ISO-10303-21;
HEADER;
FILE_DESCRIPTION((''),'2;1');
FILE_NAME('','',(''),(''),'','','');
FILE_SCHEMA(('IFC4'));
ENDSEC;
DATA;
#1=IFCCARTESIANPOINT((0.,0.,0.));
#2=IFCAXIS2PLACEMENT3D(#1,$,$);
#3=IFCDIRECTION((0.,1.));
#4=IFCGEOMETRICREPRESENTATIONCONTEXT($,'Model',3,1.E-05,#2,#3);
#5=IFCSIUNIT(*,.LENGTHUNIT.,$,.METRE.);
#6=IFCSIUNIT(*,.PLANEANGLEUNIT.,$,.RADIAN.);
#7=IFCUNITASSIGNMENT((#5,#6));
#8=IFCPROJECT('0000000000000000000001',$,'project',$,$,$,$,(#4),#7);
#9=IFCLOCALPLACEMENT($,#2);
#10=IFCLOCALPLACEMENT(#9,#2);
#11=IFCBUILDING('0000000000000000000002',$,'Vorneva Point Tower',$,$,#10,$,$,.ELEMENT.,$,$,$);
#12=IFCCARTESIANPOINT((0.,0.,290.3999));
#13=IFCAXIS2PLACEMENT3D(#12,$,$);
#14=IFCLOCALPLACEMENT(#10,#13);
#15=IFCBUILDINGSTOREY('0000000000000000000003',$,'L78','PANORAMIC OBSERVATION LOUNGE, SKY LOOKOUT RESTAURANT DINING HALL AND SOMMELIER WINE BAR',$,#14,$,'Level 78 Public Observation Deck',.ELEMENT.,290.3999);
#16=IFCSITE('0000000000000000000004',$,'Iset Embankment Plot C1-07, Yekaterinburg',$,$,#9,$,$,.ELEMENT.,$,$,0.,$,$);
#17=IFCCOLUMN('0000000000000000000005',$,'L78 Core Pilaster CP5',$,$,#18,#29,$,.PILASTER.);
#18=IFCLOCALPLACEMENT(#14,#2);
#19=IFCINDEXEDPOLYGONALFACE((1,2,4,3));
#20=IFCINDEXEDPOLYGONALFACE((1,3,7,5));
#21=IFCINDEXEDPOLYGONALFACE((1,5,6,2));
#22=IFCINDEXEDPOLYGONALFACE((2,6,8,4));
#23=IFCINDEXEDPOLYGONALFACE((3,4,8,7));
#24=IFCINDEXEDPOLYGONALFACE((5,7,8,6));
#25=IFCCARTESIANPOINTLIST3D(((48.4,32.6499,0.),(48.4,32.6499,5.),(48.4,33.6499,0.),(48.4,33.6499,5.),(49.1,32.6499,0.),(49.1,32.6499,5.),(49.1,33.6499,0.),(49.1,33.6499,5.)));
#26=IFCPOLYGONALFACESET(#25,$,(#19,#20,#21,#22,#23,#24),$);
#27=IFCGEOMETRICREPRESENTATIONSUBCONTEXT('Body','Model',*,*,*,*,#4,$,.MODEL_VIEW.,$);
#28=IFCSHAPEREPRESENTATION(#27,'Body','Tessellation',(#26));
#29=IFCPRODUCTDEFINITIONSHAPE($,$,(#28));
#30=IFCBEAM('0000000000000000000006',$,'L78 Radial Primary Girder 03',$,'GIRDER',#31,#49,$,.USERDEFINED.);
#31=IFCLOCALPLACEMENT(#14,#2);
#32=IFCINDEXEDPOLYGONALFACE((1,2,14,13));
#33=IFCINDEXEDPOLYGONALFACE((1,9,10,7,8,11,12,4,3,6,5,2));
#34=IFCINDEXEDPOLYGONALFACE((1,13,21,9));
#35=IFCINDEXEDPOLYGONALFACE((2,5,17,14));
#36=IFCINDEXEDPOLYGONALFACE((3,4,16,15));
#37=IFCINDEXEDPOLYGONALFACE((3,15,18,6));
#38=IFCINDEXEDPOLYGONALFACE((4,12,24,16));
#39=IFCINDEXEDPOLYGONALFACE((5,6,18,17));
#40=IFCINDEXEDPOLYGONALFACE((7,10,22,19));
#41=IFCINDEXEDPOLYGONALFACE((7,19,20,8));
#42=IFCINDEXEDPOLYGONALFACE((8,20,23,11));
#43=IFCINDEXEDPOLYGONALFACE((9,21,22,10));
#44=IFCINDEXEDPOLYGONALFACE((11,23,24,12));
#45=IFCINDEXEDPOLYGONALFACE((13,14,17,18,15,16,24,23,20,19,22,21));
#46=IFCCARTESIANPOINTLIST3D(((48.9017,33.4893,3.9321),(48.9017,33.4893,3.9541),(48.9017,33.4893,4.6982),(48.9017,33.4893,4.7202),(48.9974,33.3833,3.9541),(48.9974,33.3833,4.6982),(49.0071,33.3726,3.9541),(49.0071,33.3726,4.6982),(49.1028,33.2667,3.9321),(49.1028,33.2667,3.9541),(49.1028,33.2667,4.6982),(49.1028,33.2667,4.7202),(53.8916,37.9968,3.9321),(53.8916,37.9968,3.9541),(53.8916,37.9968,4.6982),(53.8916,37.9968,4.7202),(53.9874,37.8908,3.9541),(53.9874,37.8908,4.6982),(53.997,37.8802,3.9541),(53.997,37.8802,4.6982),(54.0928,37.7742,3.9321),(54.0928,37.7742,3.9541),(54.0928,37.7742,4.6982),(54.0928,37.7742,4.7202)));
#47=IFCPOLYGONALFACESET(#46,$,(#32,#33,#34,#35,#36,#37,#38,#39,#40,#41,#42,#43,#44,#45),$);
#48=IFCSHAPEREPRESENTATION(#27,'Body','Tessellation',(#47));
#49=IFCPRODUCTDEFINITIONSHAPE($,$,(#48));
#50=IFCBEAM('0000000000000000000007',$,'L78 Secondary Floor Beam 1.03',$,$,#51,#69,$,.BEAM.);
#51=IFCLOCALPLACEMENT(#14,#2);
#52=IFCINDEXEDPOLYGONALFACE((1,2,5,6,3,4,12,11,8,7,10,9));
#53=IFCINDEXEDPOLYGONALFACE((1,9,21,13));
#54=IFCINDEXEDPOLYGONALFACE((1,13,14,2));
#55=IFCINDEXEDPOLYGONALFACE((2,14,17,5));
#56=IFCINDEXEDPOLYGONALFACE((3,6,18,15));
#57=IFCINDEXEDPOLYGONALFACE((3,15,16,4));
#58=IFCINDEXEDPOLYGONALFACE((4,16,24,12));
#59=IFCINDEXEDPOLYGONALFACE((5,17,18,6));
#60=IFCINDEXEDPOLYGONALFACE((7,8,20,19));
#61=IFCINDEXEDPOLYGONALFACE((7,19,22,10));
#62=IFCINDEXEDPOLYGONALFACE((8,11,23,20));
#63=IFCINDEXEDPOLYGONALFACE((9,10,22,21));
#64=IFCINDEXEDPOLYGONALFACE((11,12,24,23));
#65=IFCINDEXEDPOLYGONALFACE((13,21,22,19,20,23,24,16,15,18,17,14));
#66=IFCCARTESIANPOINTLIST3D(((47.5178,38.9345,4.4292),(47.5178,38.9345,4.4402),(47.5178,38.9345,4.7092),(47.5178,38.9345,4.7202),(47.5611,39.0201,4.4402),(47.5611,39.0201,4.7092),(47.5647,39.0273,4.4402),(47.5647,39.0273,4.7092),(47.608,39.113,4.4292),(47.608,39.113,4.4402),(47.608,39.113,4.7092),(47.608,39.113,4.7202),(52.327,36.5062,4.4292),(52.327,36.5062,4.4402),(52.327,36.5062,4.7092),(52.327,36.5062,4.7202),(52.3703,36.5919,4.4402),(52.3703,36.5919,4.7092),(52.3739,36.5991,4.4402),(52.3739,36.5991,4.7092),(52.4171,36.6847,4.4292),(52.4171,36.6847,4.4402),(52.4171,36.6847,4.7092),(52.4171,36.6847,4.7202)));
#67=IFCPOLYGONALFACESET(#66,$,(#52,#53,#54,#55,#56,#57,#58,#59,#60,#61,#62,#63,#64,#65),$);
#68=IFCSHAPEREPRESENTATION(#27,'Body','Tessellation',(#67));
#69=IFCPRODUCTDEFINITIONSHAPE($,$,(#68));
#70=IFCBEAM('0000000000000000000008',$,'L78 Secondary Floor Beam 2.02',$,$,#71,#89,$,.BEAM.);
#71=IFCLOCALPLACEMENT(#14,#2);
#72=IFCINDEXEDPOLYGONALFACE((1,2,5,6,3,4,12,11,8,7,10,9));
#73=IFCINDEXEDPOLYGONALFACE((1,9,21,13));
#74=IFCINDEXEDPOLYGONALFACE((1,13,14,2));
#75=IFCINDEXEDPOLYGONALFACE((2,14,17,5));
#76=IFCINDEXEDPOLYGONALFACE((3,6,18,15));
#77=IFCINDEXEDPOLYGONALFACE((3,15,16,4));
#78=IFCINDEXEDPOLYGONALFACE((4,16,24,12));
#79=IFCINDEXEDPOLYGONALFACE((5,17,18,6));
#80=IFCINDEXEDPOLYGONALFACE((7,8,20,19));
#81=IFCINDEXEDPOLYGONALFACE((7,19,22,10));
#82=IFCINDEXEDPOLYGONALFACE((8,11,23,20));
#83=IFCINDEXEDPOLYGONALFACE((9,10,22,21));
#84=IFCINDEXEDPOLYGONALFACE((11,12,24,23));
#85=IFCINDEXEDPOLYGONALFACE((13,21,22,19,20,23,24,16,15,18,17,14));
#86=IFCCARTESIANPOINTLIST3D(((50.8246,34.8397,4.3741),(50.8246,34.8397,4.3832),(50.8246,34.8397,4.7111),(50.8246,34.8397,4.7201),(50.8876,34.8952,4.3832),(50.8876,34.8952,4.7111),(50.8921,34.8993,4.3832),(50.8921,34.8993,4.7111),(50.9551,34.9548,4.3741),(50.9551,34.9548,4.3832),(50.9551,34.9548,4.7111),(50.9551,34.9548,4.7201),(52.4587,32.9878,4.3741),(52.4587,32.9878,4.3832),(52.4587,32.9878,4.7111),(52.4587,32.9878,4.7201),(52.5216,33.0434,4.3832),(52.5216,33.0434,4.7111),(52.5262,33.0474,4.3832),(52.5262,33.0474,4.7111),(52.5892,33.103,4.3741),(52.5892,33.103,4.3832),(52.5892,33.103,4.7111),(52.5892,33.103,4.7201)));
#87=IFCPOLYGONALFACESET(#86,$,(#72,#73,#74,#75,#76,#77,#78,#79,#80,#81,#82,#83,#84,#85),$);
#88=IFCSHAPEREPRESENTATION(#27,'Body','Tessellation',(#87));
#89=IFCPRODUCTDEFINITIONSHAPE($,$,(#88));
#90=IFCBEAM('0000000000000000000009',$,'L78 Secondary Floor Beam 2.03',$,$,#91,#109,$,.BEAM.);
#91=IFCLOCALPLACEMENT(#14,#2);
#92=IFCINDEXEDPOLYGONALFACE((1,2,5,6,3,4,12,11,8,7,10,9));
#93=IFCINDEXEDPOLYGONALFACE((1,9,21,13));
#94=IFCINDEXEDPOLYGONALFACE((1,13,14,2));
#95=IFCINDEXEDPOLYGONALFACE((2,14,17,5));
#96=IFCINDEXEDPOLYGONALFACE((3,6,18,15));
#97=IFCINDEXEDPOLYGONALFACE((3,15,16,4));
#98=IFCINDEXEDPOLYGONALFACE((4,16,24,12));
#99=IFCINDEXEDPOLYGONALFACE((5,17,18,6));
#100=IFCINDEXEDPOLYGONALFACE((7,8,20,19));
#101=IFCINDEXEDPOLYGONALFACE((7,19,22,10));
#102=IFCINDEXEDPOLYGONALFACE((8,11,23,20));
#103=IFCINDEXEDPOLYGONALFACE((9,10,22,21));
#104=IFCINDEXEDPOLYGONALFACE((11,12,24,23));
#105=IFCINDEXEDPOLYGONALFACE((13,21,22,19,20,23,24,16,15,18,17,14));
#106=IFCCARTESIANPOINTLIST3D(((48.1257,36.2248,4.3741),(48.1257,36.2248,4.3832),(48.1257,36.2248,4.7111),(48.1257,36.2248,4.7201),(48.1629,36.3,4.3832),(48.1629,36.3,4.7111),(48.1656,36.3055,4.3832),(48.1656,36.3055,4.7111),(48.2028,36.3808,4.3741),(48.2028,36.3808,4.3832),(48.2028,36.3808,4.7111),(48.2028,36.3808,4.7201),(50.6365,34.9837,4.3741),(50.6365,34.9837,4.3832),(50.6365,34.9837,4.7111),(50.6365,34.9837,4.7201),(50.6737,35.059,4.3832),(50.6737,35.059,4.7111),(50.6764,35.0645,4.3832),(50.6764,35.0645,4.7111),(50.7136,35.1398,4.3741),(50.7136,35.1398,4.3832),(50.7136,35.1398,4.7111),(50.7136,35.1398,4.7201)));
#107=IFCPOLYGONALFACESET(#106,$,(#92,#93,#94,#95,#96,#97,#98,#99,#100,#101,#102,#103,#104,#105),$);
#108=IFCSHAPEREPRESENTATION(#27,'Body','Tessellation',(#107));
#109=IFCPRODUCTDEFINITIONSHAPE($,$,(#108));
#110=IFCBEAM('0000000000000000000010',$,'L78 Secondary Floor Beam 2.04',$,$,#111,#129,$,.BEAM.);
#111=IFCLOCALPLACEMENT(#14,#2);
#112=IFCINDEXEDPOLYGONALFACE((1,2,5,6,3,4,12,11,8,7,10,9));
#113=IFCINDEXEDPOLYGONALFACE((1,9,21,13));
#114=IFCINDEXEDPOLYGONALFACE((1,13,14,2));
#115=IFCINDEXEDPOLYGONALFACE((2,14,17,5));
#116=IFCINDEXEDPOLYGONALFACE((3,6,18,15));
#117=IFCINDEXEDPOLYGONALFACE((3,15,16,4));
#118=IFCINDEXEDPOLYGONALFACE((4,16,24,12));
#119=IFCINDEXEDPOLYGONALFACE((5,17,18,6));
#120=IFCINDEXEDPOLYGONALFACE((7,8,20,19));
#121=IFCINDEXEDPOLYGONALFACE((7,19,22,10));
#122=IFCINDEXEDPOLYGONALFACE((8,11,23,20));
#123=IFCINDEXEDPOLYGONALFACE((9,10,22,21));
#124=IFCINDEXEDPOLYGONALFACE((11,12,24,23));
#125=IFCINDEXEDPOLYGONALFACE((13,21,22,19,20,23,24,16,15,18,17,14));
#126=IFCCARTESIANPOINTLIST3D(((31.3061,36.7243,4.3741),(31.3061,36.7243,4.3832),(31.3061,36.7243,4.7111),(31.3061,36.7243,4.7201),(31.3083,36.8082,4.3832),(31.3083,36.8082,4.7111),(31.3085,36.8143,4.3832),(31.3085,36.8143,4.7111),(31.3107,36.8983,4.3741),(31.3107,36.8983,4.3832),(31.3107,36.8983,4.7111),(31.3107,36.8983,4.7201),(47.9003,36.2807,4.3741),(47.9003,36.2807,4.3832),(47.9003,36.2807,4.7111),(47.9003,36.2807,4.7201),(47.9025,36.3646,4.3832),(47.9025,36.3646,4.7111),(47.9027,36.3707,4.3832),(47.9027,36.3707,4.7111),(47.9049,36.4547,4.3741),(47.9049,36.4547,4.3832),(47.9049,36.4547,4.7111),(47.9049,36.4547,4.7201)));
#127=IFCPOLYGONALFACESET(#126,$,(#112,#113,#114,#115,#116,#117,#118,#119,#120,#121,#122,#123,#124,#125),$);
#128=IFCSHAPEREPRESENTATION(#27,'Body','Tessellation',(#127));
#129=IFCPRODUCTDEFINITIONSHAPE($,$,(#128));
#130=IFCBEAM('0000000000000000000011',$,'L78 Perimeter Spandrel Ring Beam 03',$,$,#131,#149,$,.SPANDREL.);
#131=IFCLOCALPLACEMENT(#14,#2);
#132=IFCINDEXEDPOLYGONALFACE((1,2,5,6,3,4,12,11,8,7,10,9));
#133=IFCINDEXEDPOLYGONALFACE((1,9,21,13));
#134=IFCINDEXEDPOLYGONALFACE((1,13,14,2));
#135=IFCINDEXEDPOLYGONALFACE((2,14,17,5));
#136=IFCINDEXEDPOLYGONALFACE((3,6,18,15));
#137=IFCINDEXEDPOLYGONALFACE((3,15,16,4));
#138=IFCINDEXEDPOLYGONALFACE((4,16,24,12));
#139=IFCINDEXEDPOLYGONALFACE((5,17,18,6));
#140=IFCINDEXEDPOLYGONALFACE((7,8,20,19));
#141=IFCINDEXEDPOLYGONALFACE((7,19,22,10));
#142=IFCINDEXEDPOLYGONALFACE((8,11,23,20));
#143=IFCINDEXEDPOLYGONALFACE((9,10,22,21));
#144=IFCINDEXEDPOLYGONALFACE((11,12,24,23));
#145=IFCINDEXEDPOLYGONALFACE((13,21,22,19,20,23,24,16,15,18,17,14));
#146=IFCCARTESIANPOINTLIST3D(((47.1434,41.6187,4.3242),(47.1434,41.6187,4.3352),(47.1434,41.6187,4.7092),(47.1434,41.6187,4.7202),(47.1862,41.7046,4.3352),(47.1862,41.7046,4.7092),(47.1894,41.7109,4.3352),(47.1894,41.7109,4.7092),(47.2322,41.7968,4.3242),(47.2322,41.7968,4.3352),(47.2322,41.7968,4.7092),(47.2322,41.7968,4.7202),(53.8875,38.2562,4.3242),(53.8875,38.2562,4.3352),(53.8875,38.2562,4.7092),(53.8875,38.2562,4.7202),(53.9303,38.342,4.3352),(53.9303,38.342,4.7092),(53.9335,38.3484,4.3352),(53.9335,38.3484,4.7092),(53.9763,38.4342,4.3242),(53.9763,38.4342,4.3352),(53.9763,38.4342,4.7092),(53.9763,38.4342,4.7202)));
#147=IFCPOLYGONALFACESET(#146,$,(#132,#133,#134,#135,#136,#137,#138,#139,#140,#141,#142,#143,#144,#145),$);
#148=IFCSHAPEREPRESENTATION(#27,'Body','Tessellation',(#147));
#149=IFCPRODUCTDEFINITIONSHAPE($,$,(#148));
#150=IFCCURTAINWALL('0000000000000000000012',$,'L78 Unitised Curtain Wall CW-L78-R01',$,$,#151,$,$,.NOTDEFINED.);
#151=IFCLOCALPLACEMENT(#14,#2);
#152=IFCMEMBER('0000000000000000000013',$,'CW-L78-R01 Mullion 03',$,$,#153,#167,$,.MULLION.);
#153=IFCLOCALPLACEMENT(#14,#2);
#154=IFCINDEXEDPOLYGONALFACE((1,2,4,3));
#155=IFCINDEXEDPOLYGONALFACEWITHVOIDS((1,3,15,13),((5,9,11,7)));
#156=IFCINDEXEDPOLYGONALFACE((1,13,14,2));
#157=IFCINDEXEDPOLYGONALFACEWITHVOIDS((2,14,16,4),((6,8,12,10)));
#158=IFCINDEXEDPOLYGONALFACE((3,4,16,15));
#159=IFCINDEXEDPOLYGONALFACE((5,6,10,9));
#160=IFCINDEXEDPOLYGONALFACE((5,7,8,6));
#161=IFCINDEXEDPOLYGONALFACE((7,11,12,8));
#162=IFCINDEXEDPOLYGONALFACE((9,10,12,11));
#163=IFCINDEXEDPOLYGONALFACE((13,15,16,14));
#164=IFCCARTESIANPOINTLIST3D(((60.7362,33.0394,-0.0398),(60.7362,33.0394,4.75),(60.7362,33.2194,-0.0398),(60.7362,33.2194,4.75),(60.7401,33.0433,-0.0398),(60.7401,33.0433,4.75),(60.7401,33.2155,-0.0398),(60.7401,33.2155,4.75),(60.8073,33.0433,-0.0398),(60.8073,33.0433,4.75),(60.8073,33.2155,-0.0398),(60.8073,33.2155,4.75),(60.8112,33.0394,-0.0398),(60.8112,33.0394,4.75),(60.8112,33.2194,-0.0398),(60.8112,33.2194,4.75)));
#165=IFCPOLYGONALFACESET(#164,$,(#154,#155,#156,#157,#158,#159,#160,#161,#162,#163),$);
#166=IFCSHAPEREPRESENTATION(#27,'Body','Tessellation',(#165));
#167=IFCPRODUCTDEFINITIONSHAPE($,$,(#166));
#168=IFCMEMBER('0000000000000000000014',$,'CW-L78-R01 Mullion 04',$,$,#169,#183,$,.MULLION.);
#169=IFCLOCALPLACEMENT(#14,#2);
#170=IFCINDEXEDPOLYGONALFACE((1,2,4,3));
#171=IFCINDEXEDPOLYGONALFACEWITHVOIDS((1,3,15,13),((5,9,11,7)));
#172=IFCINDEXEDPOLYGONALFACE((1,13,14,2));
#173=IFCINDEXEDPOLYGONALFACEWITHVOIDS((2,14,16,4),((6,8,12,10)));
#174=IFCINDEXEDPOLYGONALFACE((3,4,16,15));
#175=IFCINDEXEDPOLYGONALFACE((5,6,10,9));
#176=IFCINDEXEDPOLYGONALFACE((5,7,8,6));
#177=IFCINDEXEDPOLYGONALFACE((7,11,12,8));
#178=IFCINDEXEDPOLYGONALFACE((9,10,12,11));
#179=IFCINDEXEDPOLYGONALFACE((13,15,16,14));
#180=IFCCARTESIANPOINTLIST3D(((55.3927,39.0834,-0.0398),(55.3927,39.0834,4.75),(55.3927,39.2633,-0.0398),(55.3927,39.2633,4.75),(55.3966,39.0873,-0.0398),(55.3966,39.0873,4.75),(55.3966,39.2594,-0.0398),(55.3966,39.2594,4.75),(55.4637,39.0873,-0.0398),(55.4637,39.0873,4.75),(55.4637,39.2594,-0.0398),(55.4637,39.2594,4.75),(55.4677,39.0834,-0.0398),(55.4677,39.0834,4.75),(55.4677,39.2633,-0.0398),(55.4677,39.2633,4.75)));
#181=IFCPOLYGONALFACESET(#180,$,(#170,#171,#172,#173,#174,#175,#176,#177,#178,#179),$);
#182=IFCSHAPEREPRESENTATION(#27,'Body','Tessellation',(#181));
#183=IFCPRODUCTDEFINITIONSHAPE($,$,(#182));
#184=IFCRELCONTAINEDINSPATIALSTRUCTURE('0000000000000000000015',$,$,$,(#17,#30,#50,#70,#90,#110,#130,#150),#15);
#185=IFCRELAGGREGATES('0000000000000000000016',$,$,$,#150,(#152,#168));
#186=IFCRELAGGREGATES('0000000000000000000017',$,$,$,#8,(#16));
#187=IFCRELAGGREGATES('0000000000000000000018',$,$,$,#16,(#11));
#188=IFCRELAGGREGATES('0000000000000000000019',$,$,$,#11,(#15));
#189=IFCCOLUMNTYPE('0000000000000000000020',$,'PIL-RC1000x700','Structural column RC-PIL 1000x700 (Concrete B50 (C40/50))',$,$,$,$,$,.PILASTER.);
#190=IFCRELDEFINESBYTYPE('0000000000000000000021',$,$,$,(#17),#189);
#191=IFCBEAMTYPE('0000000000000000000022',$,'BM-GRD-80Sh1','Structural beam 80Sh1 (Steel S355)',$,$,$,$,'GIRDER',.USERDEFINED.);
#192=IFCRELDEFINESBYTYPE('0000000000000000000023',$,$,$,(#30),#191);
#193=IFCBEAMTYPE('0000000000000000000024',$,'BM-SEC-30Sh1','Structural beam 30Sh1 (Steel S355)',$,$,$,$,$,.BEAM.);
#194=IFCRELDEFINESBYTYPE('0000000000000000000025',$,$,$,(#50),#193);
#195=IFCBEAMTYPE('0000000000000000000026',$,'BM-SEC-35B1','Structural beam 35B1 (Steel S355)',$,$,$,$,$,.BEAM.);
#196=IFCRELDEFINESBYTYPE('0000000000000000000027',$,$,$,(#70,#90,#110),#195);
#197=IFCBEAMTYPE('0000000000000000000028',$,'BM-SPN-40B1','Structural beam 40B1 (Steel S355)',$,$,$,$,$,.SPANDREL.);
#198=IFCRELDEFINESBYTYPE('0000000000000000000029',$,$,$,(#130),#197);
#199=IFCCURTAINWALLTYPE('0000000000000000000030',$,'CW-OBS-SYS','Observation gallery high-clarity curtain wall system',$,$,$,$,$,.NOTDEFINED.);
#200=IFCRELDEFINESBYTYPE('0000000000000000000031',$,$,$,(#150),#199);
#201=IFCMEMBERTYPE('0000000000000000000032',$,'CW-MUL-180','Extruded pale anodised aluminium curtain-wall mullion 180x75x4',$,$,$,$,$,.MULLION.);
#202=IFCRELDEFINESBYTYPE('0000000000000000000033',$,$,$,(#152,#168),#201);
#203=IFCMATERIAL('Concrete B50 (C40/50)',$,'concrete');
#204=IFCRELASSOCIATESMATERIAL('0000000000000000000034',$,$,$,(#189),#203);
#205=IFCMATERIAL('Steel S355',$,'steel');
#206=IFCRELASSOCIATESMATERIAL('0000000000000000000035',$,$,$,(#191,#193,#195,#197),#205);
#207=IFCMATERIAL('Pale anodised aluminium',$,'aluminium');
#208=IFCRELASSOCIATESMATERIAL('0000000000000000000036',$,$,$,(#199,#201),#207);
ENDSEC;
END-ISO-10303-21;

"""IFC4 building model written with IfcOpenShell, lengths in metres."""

from ifc_helpers import new_model, si_unit, direction, frame, origin, origin_2d, place, context, subcontext, project, spatial, rectangle, hollow_rectangle, i_section, extrude, material, material_profile, profile_set, type_object, element, aggregate, save


model = new_model("IFC4")

# Units and contexts
model_context = context("Model", 3, precision=1e-05, world=origin(), true_north=direction((0.0, 1.0)))
body_context = subcontext(model_context, "Body", "Model", "MODEL_VIEW")
ifc_project = project(units=[si_unit("LENGTHUNIT", "METRE"), si_unit("PLANEANGLEUNIT", "RADIAN")], contexts=[model_context])

# Site, building, storey
site_placement = place(None, origin())
site = spatial("IfcSite", under=ifc_project, at=site_placement, Name="Iset Embankment Plot C1-07, Yekaterinburg", CompositionType="ELEMENT", RefElevation=0.0)
building_placement = place(site_placement, origin())
building = spatial("IfcBuilding", under=site, at=building_placement, Name="Vorneva Point Tower", CompositionType="ELEMENT")
storey_placement = place(building_placement, frame((0.0, 0.0, 290.3999)))
storey = spatial("IfcBuildingStorey", under=building, at=storey_placement, Name="L78", Description="PANORAMIC OBSERVATION LOUNGE, SKY LOOKOUT RESTAURANT DINING HALL AND SOMMELIER WINE BAR", LongName="Level 78 Public Observation Deck", CompositionType="ELEMENT", Elevation=290.3999)

# Column
ifc_material_1 = material(Name="Concrete B50 (C40/50)", Category="concrete")
ifc_material_profile_1 = material_profile(ifc_material_1, rectangle(XDim=0.7, YDim=1.0, at=origin_2d()), Name="RC-PIL 1000x700")
ifc_profile_set_1 = profile_set([ifc_material_profile_1], Name="Concrete B50 (C40/50)")
column_type_1 = type_object("IfcColumnType", Name="PIL-RC1000x700", Description="Structural column RC-PIL 1000x700 (Concrete B50 (C40/50))", PredefinedType="PILASTER", material=ifc_profile_set_1)
column_1_placement = place(storey_placement, frame((48.75, 33.1499, 0.0), z_axis=(0.0, 0.0, 1.0), x_axis=(1.0, 0.0, 0.0)))
element("IfcColumn", 1, at=column_1_placement, inside=storey, type_object=column_type_1, Name="L78 Core Pilaster CP5", PredefinedType="PILASTER", context=body_context, shape_type="SweptSolid", body=[
    extrude(rectangle(XDim=0.7, YDim=1.0, at=origin_2d()), origin(), (0.0, 0.0, 1.0), 5.0),
])

# Beams
ifc_material_2 = material(Name="Steel S355", Category="steel")
ifc_material_profile_2 = material_profile(ifc_material_2, i_section(OverallWidth=0.3, OverallDepth=0.7881, WebThickness=0.0144, FlangeThickness=0.022, at=origin_2d()), Name="80Sh1")
ifc_profile_set_2 = profile_set([ifc_material_profile_2], Name="Steel S355")
beam_type_1 = type_object("IfcBeamType", Name="BM-GRD-80Sh1", Description="Structural beam 80Sh1 (Steel S355)", ElementType="GIRDER", PredefinedType="USERDEFINED", material=ifc_profile_set_2)
beam_1_placement = place(storey_placement, frame((53.9922, 37.8855, 4.3262), z_axis=(-0.742067, -0.670326, 0.0), x_axis=(0.670326, -0.742067, 0.0)))
element("IfcBeam", 2, at=beam_1_placement, inside=storey, type_object=beam_type_1, Name="L78 Radial Primary Girder 03", ObjectType="GIRDER", PredefinedType="USERDEFINED", context=body_context, shape_type="SweptSolid", body=[
    extrude(i_section(OverallWidth=0.3, OverallDepth=0.7881, WebThickness=0.0144, FlangeThickness=0.022, at=origin_2d()), origin(), (0.0, 0.0, 1.0), 6.7244),
])
ifc_material_profile_3 = material_profile(ifc_material_2, i_section(OverallWidth=0.2, OverallDepth=0.291, WebThickness=0.0081, FlangeThickness=0.011, at=origin_2d()), Name="30Sh1")
ifc_profile_set_3 = profile_set([ifc_material_profile_3], Name="Steel S355")
beam_type_2 = type_object("IfcBeamType", Name="BM-SEC-30Sh1", Description="Structural beam 30Sh1 (Steel S355)", PredefinedType="BEAM", material=ifc_profile_set_3)
beam_2_placement = place(storey_placement, frame((52.3721, 36.5955, 4.5747), z_axis=(-0.892662, 0.450727, 0.0), x_axis=(-0.450727, -0.892662, 0.0)))
element("IfcBeam", 3, at=beam_2_placement, inside=storey, type_object=beam_type_2, Name="L78 Secondary Floor Beam 1.03", PredefinedType="BEAM", context=body_context, shape_type="SweptSolid", body=[
    extrude(i_section(OverallWidth=0.2, OverallDepth=0.291, WebThickness=0.0081, FlangeThickness=0.011, at=origin_2d()), origin(), (0.0, 0.0, 1.0), 5.3875),
])
ifc_material_profile_4 = material_profile(ifc_material_2, i_section(OverallWidth=0.1741, OverallDepth=0.3459, WebThickness=0.0061, FlangeThickness=0.009, at=origin_2d()), Name="35B1")
ifc_profile_set_4 = profile_set([ifc_material_profile_4], Name="Steel S355")
beam_type_3 = type_object("IfcBeamType", Name="BM-SEC-35B1", Description="Structural beam 35B1 (Steel S355)", PredefinedType="BEAM", material=ifc_profile_set_4)
beam_3_placement = place(storey_placement, frame((52.5239, 33.0454, 4.5471), z_axis=(-0.661641, 0.749821, 0.0), x_axis=(-0.749821, -0.661641, 0.0)))
element("IfcBeam", 4, at=beam_3_placement, inside=storey, type_object=beam_type_3, Name="L78 Secondary Floor Beam 2.02", PredefinedType="BEAM", context=body_context, shape_type="SweptSolid", body=[
    extrude(i_section(OverallWidth=0.1741, OverallDepth=0.3459, WebThickness=0.0061, FlangeThickness=0.009, at=origin_2d()), origin(), (0.0, 0.0, 1.0), 2.4697),
])
beam_4_placement = place(storey_placement, frame((50.675, 35.0618, 4.5471), z_axis=(-0.896475, 0.443094, 0.0), x_axis=(-0.443094, -0.896475, 0.0)))
element("IfcBeam", 5, at=beam_4_placement, inside=storey, type_object=beam_type_3, Name="L78 Secondary Floor Beam 2.03", PredefinedType="BEAM", context=body_context, shape_type="SweptSolid", body=[
    extrude(i_section(OverallWidth=0.1741, OverallDepth=0.3459, WebThickness=0.0061, FlangeThickness=0.009, at=origin_2d()), origin(), (0.0, 0.0, 1.0), 2.8008),
])
beam_5_placement = place(storey_placement, frame((47.9026, 36.3677, 4.5471), z_axis=(-0.999643, 0.026723, 0.0), x_axis=(-0.026723, -0.999643, 0.0)))
element("IfcBeam", 6, at=beam_5_placement, inside=storey, type_object=beam_type_3, Name="L78 Secondary Floor Beam 2.04", PredefinedType="BEAM", context=body_context, shape_type="SweptSolid", body=[
    extrude(i_section(OverallWidth=0.1741, OverallDepth=0.3459, WebThickness=0.0061, FlangeThickness=0.009, at=origin_2d()), origin(), (0.0, 0.0, 1.0), 16.6001),
])
ifc_material_profile_5 = material_profile(ifc_material_2, i_section(OverallWidth=0.199, OverallDepth=0.396, WebThickness=0.0071, FlangeThickness=0.011, at=origin_2d()), Name="40B1")
ifc_profile_set_5 = profile_set([ifc_material_profile_5], Name="Steel S355")
beam_type_4 = type_object("IfcBeamType", Name="BM-SPN-40B1", Description="Structural beam 40B1 (Steel S355)", PredefinedType="SPANDREL", material=ifc_profile_set_5)
beam_6_placement = place(storey_placement, frame((53.9319, 38.3452, 4.5222), z_axis=(-0.894932, 0.446203, 0.0), x_axis=(-0.446203, -0.894932, 0.0)))
element("IfcBeam", 7, at=beam_6_placement, inside=storey, type_object=beam_type_4, Name="L78 Perimeter Spandrel Ring Beam 03", PredefinedType="SPANDREL", context=body_context, shape_type="SweptSolid", body=[
    extrude(i_section(OverallWidth=0.199, OverallDepth=0.396, WebThickness=0.0071, FlangeThickness=0.011, at=origin_2d()), origin(), (0.0, 0.0, 1.0), 7.5359),
])

# Curtain wall, members
ifc_material_3 = material(Name="Pale anodised aluminium", Category="aluminium")
curtain_wall_type = type_object("IfcCurtainWallType", Name="CW-OBS-SYS", Description="Observation gallery high-clarity curtain wall system", PredefinedType="NOTDEFINED", material=ifc_material_3)
curtain_wall_placement = place(storey_placement, origin())
curtain_wall = element("IfcCurtainWall", 8, at=curtain_wall_placement, inside=storey, type_object=curtain_wall_type, Name="L78 Unitised Curtain Wall CW-L78-R01", PredefinedType="NOTDEFINED")
ifc_material_profile_6 = material_profile(ifc_material_3, hollow_rectangle(XDim=0.075, YDim=0.1799, WallThickness=0.0039, at=origin_2d()), Name="AL-MUL 180x75x4")
ifc_profile_set_6 = profile_set([ifc_material_profile_6], Name="Pale anodised aluminium")
member_type_1 = type_object("IfcMemberType", Name="CW-MUL-180", Description="Extruded pale anodised aluminium curtain-wall mullion 180x75x4", PredefinedType="MULLION", material=ifc_profile_set_6)
member_1_placement = place(storey_placement, frame((60.7737, 33.1294, -0.0398), z_axis=(0.0, 0.0, 1.0), x_axis=(1.0, 0.0, 0.0)))
member_1 = element("IfcMember", 9, at=member_1_placement, type_object=member_type_1, Name="CW-L78-R01 Mullion 03", PredefinedType="MULLION", context=body_context, shape_type="SweptSolid", body=[
    extrude(hollow_rectangle(XDim=0.075, YDim=0.1799, WallThickness=0.0039, at=origin_2d()), origin(), (0.0, 0.0, 1.0), 4.7898),
])
member_2_placement = place(storey_placement, frame((55.4302, 39.1733, -0.0398), z_axis=(0.0, 0.0, 1.0), x_axis=(1.0, 0.0, 0.0)))
member_2 = element("IfcMember", 10, at=member_2_placement, type_object=member_type_1, Name="CW-L78-R01 Mullion 04", PredefinedType="MULLION", context=body_context, shape_type="SweptSolid", body=[
    extrude(hollow_rectangle(XDim=0.075, YDim=0.1799, WallThickness=0.0039, at=origin_2d()), origin(), (0.0, 0.0, 1.0), 4.7898),
])
aggregate(curtain_wall, [member_1, member_2])

save(model, "model.ifc")
